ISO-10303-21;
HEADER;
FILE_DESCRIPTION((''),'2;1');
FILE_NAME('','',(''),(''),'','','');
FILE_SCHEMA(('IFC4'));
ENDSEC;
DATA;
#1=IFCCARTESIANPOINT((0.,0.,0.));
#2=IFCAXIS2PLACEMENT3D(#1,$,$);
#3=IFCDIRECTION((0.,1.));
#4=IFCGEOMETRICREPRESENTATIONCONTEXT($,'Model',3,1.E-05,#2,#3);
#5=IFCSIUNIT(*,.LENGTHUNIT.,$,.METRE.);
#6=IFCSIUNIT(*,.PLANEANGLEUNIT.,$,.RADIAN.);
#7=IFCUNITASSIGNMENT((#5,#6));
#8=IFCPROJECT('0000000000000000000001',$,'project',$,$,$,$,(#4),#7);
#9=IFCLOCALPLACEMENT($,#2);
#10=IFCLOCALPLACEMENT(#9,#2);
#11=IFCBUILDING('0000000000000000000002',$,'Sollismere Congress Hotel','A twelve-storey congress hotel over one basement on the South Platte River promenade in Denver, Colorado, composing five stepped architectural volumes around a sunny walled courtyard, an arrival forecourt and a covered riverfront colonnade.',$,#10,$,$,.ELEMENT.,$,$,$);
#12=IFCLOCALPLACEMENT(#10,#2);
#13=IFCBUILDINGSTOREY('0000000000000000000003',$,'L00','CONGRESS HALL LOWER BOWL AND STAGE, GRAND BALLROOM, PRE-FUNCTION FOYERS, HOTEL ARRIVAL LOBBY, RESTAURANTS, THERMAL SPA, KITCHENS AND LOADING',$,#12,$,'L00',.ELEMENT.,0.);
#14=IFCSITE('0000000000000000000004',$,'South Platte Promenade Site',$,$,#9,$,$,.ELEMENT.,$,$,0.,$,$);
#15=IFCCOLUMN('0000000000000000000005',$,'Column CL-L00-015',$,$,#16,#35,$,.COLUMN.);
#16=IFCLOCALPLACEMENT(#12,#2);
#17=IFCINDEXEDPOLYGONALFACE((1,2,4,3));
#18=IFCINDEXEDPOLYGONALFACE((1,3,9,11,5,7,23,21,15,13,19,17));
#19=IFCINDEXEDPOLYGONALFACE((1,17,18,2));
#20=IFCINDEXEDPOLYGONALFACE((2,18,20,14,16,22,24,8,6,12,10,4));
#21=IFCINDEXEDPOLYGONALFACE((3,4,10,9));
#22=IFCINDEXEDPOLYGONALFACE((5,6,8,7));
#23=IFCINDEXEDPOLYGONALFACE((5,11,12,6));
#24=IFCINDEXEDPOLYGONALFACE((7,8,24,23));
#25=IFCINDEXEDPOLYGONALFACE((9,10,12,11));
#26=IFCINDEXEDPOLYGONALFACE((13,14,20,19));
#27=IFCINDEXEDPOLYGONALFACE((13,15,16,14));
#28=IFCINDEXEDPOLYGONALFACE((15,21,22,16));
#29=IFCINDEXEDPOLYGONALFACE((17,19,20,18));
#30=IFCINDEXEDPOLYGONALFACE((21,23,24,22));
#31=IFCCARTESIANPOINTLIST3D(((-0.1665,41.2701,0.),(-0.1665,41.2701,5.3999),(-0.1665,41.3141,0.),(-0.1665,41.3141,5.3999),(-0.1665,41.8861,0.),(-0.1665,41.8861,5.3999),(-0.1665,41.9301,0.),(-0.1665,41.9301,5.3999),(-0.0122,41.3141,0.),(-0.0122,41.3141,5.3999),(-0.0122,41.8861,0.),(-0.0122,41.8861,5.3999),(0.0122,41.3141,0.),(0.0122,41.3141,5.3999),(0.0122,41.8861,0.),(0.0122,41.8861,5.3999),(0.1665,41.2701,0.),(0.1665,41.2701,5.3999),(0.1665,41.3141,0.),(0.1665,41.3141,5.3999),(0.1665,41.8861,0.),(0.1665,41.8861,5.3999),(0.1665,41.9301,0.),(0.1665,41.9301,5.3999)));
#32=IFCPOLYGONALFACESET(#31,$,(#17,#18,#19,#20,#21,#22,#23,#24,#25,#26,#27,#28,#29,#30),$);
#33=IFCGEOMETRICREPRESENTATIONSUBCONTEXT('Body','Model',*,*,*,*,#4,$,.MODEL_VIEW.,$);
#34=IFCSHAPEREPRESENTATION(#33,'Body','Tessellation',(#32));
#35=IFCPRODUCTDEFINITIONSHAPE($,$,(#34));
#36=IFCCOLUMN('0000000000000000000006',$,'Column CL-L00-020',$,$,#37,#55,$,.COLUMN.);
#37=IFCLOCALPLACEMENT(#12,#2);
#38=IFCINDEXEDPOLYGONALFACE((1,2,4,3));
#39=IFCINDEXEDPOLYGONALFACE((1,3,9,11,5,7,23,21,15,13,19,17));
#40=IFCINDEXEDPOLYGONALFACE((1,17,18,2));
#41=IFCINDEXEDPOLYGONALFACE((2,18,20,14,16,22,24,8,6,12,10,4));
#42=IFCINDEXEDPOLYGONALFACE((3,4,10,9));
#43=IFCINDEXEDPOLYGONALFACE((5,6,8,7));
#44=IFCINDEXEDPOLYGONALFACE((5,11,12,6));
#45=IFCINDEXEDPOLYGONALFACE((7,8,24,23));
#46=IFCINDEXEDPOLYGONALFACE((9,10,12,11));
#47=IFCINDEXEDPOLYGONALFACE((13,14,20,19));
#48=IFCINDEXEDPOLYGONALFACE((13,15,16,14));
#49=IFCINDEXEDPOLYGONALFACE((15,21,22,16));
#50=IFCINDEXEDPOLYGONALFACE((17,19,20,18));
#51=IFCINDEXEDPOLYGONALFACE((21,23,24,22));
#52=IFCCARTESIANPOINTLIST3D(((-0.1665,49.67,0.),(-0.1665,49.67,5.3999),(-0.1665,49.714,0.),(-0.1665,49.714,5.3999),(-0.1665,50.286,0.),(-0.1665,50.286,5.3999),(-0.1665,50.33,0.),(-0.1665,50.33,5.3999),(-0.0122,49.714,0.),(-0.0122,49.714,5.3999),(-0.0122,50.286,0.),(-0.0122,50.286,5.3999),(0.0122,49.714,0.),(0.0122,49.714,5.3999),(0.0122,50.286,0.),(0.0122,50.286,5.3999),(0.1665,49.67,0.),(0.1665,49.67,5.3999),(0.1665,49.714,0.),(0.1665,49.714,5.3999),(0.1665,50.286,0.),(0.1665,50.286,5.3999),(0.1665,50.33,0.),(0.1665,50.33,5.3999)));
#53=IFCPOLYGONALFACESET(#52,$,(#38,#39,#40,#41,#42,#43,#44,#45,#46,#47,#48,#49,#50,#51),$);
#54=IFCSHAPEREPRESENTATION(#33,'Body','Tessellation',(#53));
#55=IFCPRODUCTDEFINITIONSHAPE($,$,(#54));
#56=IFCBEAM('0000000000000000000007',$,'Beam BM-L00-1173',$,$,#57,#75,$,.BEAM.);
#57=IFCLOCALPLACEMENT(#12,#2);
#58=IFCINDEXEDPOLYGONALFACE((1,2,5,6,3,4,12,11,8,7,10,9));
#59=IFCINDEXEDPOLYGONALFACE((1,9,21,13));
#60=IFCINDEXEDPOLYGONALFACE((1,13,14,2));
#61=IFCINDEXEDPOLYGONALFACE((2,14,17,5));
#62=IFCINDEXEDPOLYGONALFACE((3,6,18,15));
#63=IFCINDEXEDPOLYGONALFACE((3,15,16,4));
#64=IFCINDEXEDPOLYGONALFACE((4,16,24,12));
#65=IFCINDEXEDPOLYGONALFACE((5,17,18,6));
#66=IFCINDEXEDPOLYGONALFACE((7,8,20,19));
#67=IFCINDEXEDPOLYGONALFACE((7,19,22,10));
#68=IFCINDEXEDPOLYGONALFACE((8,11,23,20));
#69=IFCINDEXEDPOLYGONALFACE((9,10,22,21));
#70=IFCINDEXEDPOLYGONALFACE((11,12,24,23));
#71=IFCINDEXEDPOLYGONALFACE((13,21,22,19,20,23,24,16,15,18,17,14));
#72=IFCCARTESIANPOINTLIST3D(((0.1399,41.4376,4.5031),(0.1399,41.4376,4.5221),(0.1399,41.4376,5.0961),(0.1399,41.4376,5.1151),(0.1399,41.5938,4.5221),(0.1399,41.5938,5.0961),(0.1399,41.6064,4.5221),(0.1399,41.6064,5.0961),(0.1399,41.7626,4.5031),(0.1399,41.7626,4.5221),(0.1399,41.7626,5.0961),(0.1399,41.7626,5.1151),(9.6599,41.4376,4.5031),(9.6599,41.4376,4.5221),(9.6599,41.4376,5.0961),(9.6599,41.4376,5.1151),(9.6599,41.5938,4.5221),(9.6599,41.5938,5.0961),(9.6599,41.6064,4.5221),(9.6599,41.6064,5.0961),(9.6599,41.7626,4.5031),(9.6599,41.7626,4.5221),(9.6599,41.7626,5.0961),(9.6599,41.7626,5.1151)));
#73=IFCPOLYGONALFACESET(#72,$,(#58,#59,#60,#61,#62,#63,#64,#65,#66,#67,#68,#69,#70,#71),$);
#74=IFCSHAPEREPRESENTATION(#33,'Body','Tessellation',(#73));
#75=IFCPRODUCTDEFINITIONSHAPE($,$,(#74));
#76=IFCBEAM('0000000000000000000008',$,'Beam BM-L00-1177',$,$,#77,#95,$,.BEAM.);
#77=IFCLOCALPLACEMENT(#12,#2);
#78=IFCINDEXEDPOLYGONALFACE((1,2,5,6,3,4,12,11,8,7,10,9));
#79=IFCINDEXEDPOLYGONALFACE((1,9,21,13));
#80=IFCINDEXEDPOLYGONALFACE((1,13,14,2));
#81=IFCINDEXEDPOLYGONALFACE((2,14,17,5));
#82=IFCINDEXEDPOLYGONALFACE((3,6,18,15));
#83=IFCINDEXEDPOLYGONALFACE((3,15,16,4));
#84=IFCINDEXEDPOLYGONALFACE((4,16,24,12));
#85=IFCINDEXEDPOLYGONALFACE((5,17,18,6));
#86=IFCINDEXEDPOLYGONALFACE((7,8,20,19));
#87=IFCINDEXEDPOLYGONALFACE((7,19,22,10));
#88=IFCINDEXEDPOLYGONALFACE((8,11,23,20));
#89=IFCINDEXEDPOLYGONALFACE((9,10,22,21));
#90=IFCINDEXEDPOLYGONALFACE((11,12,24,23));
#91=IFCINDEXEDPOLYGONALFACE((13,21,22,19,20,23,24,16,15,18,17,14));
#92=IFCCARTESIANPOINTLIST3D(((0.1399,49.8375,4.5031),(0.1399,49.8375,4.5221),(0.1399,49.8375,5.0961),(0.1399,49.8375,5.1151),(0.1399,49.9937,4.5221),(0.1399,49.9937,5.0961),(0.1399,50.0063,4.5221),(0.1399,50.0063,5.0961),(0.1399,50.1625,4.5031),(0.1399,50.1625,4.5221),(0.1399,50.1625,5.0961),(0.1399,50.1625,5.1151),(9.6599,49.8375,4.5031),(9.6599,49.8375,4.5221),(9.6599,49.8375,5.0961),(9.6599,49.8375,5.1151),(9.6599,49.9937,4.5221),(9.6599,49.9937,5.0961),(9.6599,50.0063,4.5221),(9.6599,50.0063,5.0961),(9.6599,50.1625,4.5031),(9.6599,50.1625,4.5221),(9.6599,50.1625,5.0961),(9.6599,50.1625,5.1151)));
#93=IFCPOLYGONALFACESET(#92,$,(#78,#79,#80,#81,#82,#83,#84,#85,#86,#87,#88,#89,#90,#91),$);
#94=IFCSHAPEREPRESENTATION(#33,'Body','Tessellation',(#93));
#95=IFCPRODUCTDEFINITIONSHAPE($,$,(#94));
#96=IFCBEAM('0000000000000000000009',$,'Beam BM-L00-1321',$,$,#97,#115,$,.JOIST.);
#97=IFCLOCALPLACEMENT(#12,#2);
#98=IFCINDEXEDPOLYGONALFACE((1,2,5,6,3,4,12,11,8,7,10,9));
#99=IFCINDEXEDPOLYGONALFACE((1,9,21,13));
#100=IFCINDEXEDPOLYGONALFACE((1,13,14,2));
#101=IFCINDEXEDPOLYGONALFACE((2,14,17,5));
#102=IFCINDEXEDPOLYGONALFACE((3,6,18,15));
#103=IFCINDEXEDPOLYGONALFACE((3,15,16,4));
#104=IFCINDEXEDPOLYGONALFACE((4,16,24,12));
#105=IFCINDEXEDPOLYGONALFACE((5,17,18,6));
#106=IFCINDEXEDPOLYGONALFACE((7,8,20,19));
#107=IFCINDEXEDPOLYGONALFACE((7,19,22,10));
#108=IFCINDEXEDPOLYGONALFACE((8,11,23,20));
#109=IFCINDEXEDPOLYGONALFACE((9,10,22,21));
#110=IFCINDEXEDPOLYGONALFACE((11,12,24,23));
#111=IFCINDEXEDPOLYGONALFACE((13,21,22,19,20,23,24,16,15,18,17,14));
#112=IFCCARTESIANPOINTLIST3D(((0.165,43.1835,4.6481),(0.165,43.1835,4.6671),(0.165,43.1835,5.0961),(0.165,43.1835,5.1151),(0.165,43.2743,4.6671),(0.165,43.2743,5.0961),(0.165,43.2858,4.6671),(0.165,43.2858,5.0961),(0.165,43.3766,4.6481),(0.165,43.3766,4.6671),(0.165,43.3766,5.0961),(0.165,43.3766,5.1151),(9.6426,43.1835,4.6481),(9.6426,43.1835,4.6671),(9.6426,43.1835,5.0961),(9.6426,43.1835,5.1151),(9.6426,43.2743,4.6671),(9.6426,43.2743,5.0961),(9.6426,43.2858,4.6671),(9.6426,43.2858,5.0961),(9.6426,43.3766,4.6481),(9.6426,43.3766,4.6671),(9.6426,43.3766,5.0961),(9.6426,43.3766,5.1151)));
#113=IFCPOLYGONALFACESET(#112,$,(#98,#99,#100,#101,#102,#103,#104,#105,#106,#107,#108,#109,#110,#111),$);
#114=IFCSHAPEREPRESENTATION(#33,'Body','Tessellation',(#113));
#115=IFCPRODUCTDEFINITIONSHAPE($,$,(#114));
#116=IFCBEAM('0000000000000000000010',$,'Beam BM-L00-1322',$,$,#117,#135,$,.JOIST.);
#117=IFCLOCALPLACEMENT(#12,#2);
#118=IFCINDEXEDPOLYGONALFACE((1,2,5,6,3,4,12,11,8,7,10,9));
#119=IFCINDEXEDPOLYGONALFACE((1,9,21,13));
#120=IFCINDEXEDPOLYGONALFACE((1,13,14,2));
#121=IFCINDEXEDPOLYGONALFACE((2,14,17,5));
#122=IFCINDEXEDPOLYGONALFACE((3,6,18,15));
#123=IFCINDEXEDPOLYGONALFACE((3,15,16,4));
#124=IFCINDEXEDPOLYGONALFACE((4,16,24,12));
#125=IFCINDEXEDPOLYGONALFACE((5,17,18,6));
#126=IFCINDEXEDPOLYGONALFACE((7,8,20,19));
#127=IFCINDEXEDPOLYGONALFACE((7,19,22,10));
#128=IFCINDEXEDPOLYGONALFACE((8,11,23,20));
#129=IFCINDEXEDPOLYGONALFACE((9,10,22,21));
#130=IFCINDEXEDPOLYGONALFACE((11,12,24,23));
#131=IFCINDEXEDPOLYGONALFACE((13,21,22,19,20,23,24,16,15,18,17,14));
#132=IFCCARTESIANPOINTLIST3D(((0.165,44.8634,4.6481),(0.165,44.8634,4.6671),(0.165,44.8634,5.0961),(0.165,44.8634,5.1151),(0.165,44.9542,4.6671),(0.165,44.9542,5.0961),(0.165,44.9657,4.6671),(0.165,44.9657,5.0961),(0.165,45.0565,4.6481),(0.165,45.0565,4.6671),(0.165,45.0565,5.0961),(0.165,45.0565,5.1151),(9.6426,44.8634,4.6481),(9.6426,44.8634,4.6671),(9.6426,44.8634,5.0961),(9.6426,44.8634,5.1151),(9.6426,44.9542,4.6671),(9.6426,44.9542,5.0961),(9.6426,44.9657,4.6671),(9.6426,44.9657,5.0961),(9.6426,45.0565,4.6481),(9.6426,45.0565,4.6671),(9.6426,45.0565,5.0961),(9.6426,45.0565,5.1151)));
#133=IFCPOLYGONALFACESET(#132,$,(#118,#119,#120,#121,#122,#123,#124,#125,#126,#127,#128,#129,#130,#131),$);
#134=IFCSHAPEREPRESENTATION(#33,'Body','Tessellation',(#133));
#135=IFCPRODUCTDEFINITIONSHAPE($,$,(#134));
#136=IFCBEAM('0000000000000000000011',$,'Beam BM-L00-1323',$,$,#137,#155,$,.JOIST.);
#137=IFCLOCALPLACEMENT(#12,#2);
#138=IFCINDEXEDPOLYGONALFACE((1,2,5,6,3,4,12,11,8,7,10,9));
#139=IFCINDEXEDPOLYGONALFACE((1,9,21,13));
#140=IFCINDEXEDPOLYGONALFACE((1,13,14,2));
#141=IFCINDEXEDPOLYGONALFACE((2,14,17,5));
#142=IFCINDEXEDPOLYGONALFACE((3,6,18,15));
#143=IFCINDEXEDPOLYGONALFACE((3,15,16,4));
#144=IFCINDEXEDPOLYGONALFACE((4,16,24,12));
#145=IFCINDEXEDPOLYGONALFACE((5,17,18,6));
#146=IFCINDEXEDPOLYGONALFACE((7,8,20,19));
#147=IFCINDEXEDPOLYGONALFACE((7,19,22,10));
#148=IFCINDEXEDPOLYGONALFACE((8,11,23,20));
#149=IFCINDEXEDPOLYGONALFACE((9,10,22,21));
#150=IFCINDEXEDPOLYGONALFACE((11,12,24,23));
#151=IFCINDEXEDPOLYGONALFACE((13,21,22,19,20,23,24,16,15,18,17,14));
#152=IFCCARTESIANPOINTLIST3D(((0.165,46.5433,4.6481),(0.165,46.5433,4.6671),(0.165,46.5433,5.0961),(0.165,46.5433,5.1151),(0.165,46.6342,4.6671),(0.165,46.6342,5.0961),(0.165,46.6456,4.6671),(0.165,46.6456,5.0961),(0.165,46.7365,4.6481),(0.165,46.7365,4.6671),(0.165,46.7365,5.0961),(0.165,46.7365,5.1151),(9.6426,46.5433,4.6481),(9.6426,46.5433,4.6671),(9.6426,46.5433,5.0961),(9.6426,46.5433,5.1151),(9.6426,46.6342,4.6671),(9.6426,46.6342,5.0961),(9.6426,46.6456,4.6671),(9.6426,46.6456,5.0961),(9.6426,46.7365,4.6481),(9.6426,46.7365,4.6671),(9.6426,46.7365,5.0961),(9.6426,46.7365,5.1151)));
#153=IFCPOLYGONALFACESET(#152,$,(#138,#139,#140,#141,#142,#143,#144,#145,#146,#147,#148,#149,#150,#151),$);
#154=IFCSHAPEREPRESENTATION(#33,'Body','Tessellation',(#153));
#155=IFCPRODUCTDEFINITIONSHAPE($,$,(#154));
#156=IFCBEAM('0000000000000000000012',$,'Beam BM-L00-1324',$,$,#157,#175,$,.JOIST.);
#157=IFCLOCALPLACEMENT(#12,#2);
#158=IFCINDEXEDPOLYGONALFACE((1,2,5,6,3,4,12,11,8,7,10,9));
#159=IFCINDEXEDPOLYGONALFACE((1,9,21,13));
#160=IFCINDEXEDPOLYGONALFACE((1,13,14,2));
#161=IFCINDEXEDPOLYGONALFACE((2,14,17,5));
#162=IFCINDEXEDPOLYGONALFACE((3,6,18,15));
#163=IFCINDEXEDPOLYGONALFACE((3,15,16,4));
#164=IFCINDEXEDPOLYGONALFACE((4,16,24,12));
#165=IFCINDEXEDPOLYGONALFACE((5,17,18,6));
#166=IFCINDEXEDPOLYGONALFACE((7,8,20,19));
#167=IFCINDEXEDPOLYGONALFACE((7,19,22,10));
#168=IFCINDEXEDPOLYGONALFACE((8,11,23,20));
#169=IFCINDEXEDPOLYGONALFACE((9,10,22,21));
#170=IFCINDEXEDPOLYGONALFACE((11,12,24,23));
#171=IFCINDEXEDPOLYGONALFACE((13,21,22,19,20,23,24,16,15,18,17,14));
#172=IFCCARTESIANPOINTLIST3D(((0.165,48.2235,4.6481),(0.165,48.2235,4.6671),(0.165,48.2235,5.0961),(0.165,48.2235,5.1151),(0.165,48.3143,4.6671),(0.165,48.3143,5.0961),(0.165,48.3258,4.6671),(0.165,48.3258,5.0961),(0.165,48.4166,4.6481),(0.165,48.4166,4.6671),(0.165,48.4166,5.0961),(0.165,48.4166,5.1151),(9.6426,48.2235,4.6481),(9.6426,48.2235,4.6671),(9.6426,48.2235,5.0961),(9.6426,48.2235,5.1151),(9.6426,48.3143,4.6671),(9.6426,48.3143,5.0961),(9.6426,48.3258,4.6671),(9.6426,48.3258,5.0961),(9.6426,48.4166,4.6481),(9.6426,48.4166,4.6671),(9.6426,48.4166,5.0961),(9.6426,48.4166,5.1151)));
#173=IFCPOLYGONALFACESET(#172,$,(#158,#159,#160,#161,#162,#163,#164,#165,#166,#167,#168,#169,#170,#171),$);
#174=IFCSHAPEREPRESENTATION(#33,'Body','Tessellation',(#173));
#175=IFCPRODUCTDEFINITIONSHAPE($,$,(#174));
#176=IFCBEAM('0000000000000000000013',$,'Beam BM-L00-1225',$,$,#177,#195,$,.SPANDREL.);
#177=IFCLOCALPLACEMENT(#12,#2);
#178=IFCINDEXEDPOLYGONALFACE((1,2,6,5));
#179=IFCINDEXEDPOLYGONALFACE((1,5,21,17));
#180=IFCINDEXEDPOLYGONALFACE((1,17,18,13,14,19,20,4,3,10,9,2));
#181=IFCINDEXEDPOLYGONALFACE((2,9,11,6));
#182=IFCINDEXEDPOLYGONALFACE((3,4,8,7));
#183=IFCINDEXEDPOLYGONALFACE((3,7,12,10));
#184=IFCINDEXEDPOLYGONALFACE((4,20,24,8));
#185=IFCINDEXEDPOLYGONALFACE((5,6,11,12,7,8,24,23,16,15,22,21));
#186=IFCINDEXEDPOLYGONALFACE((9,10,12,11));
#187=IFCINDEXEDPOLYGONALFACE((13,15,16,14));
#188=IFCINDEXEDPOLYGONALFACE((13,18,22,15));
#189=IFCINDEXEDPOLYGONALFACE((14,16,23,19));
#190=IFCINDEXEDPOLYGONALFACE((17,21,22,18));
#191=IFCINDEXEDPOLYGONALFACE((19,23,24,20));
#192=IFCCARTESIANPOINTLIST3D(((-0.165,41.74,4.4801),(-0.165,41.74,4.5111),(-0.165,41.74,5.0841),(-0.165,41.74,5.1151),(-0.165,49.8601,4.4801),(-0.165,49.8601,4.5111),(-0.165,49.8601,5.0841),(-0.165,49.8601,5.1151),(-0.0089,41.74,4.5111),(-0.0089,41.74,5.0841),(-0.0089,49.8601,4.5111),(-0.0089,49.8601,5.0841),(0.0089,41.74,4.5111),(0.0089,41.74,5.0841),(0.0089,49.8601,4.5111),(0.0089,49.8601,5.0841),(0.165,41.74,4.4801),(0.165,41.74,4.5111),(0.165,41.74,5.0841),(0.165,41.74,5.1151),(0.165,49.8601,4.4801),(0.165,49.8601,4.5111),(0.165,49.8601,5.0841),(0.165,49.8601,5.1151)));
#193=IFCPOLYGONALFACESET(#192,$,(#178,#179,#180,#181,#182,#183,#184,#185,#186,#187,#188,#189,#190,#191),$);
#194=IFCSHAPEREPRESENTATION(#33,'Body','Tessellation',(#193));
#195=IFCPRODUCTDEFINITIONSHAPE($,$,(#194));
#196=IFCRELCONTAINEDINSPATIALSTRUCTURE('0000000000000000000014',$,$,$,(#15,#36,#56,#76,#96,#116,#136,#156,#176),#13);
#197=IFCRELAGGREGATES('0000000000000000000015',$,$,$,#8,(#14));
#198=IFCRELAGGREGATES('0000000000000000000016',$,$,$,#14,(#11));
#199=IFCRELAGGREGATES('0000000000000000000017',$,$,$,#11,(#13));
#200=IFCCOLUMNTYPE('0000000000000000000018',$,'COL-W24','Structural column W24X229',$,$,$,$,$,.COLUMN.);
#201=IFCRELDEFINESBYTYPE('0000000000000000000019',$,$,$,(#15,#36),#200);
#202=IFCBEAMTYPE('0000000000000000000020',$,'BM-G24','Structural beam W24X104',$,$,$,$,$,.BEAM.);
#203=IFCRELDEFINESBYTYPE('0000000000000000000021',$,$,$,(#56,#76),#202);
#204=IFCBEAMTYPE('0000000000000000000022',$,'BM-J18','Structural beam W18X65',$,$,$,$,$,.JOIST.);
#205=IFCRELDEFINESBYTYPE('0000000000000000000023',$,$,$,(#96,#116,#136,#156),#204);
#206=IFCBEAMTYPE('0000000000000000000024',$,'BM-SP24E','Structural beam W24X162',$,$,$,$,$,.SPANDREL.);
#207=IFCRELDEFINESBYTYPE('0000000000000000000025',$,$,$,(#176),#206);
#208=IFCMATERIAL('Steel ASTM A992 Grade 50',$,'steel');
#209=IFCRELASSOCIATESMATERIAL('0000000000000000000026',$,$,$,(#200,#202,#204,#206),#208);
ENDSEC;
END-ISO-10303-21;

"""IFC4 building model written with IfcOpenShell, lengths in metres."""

from ifc_helpers import new_model, si_unit, direction, frame, origin, origin_2d, place, context, subcontext, project, spatial, i_section, extrude, material, material_profile, profile_set, type_object, element, save


model = new_model("IFC4")

# Units and contexts
model_context = context("Model", 3, precision=1e-05, world=origin(), true_north=direction((0.0, 1.0)))
body_context = subcontext(model_context, "Body", "Model", "MODEL_VIEW")
ifc_project = project(units=[si_unit("LENGTHUNIT", "METRE"), si_unit("PLANEANGLEUNIT", "RADIAN")], contexts=[model_context])

# Site, building, storey
site_placement = place(None, origin())
site = spatial("IfcSite", under=ifc_project, at=site_placement, Name="South Platte Promenade Site", CompositionType="ELEMENT", RefElevation=0.0)
building_placement = place(site_placement, origin())
building = spatial("IfcBuilding", under=site, at=building_placement, Name="Sollismere Congress Hotel", Description="A twelve-storey congress hotel over one basement on the South Platte River promenade in Denver, Colorado, composing five stepped architectural volumes around a sunny walled courtyard, an arrival forecourt and a covered riverfront colonnade.", CompositionType="ELEMENT")
storey_placement = place(building_placement, origin())
storey = spatial("IfcBuildingStorey", under=building, at=storey_placement, Name="L00", Description="CONGRESS HALL LOWER BOWL AND STAGE, GRAND BALLROOM, PRE-FUNCTION FOYERS, HOTEL ARRIVAL LOBBY, RESTAURANTS, THERMAL SPA, KITCHENS AND LOADING", LongName="L00", CompositionType="ELEMENT", Elevation=0.0)

# Columns
ifc_material_1 = material(Name="Steel ASTM A992 Grade 50", Category="steel")
ifc_material_profile_1 = material_profile(ifc_material_1, i_section(OverallWidth=0.333, OverallDepth=0.6599, WebThickness=0.0244, FlangeThickness=0.0439, at=origin_2d()), Name="W24X229")
ifc_profile_set_1 = profile_set([ifc_material_profile_1], Name="Steel ASTM A992 Grade 50")
column_type = type_object("IfcColumnType", Name="COL-W24", Description="Structural column W24X229", PredefinedType="COLUMN", material=ifc_profile_set_1)
for number, where, z_axis, x_axis, name in (
    (1, (0.0, 41.6001, 0.0), (0.0, 0.0, 1.0), (1.0, 0.0, 0.0), "Column CL-L00-015"),
    (2, (0.0, 50.0, 0.0), (0.0, 0.0, 1.0), (1.0, 0.0, 0.0), "Column CL-L00-020"),
):
    element("IfcColumn", number, at=place(storey_placement, frame(where, z_axis=z_axis, x_axis=x_axis)), inside=storey, type_object=column_type, Name=name, PredefinedType="COLUMN", context=body_context, shape_type="SweptSolid", body=[
        extrude(i_section(OverallWidth=0.333, OverallDepth=0.6599, WebThickness=0.0244, FlangeThickness=0.0439, at=origin_2d()), origin(), (0.0, 0.0, 1.0), 5.3999),
    ])

# Beams
ifc_material_profile_2 = material_profile(ifc_material_1, i_section(OverallWidth=0.325, OverallDepth=0.6121, WebThickness=0.0127, FlangeThickness=0.019, at=origin_2d()), Name="W24X104")
ifc_profile_set_2 = profile_set([ifc_material_profile_2], Name="Steel ASTM A992 Grade 50")
beam_type_1 = type_object("IfcBeamType", Name="BM-G24", Description="Structural beam W24X104", PredefinedType="BEAM", material=ifc_profile_set_2)
for number, where, z_axis, x_axis, name in (
    (3, (0.1399, 41.6001, 4.8091), (1.0, 0.0, 0.0), (0.0, 1.0, 0.0), "Beam BM-L00-1173"),
    (4, (0.1399, 50.0, 4.8091), (1.0, 0.0, 0.0), (0.0, 1.0, 0.0), "Beam BM-L00-1177"),
):
    element("IfcBeam", number, at=place(storey_placement, frame(where, z_axis=z_axis, x_axis=x_axis)), inside=storey, type_object=beam_type_1, Name=name, PredefinedType="BEAM", context=body_context, shape_type="SweptSolid", body=[
        extrude(i_section(OverallWidth=0.325, OverallDepth=0.6121, WebThickness=0.0127, FlangeThickness=0.019, at=origin_2d()), origin(), (0.0, 0.0, 1.0), 9.52),
    ])
ifc_material_profile_3 = material_profile(ifc_material_1, i_section(OverallWidth=0.1931, OverallDepth=0.467, WebThickness=0.0115, FlangeThickness=0.019, at=origin_2d()), Name="W18X65")
ifc_profile_set_3 = profile_set([ifc_material_profile_3], Name="Steel ASTM A992 Grade 50")
beam_type_2 = type_object("IfcBeamType", Name="BM-J18", Description="Structural beam W18X65", PredefinedType="JOIST", material=ifc_profile_set_3)
for number, where, z_axis, x_axis, name in (
    (5, (0.165, 43.28, 4.8816), (1.0, 0.0, 0.0), (0.0, 1.0, 0.0), "Beam BM-L00-1321"),
    (6, (0.165, 44.96, 4.8816), (1.0, 0.0, 0.0), (0.0, 1.0, 0.0), "Beam BM-L00-1322"),
    (7, (0.165, 46.6399, 4.8816), (1.0, 0.0, 0.0), (0.0, 1.0, 0.0), "Beam BM-L00-1323"),
    (8, (0.165, 48.3201, 4.8816), (1.0, 0.0, 0.0), (0.0, 1.0, 0.0), "Beam BM-L00-1324"),
):
    element("IfcBeam", number, at=place(storey_placement, frame(where, z_axis=z_axis, x_axis=x_axis)), inside=storey, type_object=beam_type_2, Name=name, PredefinedType="JOIST", context=body_context, shape_type="SweptSolid", body=[
        extrude(i_section(OverallWidth=0.1931, OverallDepth=0.467, WebThickness=0.0115, FlangeThickness=0.019, at=origin_2d()), origin(), (0.0, 0.0, 1.0), 9.4775),
    ])
ifc_material_profile_4 = material_profile(ifc_material_1, i_section(OverallWidth=0.3301, OverallDepth=0.635, WebThickness=0.0178, FlangeThickness=0.031, at=origin_2d()), Name="W24X162")
ifc_profile_set_4 = profile_set([ifc_material_profile_4], Name="Steel ASTM A992 Grade 50")
beam_type_3 = type_object("IfcBeamType", Name="BM-SP24E", Description="Structural beam W24X162", PredefinedType="SPANDREL", material=ifc_profile_set_4)
for number, where, z_axis, x_axis, name in (
    (9, (0.0, 41.74, 4.7976), (0.0, 1.0, 0.0), (-1.0, 0.0, 0.0), "Beam BM-L00-1225"),
):
    element("IfcBeam", number, at=place(storey_placement, frame(where, z_axis=z_axis, x_axis=x_axis)), inside=storey, type_object=beam_type_3, Name=name, PredefinedType="SPANDREL", context=body_context, shape_type="SweptSolid", body=[
        extrude(i_section(OverallWidth=0.3301, OverallDepth=0.635, WebThickness=0.0178, FlangeThickness=0.031, at=origin_2d()), origin(), (0.0, 0.0, 1.0), 8.1201),
    ])

save(model, "model.ifc")
